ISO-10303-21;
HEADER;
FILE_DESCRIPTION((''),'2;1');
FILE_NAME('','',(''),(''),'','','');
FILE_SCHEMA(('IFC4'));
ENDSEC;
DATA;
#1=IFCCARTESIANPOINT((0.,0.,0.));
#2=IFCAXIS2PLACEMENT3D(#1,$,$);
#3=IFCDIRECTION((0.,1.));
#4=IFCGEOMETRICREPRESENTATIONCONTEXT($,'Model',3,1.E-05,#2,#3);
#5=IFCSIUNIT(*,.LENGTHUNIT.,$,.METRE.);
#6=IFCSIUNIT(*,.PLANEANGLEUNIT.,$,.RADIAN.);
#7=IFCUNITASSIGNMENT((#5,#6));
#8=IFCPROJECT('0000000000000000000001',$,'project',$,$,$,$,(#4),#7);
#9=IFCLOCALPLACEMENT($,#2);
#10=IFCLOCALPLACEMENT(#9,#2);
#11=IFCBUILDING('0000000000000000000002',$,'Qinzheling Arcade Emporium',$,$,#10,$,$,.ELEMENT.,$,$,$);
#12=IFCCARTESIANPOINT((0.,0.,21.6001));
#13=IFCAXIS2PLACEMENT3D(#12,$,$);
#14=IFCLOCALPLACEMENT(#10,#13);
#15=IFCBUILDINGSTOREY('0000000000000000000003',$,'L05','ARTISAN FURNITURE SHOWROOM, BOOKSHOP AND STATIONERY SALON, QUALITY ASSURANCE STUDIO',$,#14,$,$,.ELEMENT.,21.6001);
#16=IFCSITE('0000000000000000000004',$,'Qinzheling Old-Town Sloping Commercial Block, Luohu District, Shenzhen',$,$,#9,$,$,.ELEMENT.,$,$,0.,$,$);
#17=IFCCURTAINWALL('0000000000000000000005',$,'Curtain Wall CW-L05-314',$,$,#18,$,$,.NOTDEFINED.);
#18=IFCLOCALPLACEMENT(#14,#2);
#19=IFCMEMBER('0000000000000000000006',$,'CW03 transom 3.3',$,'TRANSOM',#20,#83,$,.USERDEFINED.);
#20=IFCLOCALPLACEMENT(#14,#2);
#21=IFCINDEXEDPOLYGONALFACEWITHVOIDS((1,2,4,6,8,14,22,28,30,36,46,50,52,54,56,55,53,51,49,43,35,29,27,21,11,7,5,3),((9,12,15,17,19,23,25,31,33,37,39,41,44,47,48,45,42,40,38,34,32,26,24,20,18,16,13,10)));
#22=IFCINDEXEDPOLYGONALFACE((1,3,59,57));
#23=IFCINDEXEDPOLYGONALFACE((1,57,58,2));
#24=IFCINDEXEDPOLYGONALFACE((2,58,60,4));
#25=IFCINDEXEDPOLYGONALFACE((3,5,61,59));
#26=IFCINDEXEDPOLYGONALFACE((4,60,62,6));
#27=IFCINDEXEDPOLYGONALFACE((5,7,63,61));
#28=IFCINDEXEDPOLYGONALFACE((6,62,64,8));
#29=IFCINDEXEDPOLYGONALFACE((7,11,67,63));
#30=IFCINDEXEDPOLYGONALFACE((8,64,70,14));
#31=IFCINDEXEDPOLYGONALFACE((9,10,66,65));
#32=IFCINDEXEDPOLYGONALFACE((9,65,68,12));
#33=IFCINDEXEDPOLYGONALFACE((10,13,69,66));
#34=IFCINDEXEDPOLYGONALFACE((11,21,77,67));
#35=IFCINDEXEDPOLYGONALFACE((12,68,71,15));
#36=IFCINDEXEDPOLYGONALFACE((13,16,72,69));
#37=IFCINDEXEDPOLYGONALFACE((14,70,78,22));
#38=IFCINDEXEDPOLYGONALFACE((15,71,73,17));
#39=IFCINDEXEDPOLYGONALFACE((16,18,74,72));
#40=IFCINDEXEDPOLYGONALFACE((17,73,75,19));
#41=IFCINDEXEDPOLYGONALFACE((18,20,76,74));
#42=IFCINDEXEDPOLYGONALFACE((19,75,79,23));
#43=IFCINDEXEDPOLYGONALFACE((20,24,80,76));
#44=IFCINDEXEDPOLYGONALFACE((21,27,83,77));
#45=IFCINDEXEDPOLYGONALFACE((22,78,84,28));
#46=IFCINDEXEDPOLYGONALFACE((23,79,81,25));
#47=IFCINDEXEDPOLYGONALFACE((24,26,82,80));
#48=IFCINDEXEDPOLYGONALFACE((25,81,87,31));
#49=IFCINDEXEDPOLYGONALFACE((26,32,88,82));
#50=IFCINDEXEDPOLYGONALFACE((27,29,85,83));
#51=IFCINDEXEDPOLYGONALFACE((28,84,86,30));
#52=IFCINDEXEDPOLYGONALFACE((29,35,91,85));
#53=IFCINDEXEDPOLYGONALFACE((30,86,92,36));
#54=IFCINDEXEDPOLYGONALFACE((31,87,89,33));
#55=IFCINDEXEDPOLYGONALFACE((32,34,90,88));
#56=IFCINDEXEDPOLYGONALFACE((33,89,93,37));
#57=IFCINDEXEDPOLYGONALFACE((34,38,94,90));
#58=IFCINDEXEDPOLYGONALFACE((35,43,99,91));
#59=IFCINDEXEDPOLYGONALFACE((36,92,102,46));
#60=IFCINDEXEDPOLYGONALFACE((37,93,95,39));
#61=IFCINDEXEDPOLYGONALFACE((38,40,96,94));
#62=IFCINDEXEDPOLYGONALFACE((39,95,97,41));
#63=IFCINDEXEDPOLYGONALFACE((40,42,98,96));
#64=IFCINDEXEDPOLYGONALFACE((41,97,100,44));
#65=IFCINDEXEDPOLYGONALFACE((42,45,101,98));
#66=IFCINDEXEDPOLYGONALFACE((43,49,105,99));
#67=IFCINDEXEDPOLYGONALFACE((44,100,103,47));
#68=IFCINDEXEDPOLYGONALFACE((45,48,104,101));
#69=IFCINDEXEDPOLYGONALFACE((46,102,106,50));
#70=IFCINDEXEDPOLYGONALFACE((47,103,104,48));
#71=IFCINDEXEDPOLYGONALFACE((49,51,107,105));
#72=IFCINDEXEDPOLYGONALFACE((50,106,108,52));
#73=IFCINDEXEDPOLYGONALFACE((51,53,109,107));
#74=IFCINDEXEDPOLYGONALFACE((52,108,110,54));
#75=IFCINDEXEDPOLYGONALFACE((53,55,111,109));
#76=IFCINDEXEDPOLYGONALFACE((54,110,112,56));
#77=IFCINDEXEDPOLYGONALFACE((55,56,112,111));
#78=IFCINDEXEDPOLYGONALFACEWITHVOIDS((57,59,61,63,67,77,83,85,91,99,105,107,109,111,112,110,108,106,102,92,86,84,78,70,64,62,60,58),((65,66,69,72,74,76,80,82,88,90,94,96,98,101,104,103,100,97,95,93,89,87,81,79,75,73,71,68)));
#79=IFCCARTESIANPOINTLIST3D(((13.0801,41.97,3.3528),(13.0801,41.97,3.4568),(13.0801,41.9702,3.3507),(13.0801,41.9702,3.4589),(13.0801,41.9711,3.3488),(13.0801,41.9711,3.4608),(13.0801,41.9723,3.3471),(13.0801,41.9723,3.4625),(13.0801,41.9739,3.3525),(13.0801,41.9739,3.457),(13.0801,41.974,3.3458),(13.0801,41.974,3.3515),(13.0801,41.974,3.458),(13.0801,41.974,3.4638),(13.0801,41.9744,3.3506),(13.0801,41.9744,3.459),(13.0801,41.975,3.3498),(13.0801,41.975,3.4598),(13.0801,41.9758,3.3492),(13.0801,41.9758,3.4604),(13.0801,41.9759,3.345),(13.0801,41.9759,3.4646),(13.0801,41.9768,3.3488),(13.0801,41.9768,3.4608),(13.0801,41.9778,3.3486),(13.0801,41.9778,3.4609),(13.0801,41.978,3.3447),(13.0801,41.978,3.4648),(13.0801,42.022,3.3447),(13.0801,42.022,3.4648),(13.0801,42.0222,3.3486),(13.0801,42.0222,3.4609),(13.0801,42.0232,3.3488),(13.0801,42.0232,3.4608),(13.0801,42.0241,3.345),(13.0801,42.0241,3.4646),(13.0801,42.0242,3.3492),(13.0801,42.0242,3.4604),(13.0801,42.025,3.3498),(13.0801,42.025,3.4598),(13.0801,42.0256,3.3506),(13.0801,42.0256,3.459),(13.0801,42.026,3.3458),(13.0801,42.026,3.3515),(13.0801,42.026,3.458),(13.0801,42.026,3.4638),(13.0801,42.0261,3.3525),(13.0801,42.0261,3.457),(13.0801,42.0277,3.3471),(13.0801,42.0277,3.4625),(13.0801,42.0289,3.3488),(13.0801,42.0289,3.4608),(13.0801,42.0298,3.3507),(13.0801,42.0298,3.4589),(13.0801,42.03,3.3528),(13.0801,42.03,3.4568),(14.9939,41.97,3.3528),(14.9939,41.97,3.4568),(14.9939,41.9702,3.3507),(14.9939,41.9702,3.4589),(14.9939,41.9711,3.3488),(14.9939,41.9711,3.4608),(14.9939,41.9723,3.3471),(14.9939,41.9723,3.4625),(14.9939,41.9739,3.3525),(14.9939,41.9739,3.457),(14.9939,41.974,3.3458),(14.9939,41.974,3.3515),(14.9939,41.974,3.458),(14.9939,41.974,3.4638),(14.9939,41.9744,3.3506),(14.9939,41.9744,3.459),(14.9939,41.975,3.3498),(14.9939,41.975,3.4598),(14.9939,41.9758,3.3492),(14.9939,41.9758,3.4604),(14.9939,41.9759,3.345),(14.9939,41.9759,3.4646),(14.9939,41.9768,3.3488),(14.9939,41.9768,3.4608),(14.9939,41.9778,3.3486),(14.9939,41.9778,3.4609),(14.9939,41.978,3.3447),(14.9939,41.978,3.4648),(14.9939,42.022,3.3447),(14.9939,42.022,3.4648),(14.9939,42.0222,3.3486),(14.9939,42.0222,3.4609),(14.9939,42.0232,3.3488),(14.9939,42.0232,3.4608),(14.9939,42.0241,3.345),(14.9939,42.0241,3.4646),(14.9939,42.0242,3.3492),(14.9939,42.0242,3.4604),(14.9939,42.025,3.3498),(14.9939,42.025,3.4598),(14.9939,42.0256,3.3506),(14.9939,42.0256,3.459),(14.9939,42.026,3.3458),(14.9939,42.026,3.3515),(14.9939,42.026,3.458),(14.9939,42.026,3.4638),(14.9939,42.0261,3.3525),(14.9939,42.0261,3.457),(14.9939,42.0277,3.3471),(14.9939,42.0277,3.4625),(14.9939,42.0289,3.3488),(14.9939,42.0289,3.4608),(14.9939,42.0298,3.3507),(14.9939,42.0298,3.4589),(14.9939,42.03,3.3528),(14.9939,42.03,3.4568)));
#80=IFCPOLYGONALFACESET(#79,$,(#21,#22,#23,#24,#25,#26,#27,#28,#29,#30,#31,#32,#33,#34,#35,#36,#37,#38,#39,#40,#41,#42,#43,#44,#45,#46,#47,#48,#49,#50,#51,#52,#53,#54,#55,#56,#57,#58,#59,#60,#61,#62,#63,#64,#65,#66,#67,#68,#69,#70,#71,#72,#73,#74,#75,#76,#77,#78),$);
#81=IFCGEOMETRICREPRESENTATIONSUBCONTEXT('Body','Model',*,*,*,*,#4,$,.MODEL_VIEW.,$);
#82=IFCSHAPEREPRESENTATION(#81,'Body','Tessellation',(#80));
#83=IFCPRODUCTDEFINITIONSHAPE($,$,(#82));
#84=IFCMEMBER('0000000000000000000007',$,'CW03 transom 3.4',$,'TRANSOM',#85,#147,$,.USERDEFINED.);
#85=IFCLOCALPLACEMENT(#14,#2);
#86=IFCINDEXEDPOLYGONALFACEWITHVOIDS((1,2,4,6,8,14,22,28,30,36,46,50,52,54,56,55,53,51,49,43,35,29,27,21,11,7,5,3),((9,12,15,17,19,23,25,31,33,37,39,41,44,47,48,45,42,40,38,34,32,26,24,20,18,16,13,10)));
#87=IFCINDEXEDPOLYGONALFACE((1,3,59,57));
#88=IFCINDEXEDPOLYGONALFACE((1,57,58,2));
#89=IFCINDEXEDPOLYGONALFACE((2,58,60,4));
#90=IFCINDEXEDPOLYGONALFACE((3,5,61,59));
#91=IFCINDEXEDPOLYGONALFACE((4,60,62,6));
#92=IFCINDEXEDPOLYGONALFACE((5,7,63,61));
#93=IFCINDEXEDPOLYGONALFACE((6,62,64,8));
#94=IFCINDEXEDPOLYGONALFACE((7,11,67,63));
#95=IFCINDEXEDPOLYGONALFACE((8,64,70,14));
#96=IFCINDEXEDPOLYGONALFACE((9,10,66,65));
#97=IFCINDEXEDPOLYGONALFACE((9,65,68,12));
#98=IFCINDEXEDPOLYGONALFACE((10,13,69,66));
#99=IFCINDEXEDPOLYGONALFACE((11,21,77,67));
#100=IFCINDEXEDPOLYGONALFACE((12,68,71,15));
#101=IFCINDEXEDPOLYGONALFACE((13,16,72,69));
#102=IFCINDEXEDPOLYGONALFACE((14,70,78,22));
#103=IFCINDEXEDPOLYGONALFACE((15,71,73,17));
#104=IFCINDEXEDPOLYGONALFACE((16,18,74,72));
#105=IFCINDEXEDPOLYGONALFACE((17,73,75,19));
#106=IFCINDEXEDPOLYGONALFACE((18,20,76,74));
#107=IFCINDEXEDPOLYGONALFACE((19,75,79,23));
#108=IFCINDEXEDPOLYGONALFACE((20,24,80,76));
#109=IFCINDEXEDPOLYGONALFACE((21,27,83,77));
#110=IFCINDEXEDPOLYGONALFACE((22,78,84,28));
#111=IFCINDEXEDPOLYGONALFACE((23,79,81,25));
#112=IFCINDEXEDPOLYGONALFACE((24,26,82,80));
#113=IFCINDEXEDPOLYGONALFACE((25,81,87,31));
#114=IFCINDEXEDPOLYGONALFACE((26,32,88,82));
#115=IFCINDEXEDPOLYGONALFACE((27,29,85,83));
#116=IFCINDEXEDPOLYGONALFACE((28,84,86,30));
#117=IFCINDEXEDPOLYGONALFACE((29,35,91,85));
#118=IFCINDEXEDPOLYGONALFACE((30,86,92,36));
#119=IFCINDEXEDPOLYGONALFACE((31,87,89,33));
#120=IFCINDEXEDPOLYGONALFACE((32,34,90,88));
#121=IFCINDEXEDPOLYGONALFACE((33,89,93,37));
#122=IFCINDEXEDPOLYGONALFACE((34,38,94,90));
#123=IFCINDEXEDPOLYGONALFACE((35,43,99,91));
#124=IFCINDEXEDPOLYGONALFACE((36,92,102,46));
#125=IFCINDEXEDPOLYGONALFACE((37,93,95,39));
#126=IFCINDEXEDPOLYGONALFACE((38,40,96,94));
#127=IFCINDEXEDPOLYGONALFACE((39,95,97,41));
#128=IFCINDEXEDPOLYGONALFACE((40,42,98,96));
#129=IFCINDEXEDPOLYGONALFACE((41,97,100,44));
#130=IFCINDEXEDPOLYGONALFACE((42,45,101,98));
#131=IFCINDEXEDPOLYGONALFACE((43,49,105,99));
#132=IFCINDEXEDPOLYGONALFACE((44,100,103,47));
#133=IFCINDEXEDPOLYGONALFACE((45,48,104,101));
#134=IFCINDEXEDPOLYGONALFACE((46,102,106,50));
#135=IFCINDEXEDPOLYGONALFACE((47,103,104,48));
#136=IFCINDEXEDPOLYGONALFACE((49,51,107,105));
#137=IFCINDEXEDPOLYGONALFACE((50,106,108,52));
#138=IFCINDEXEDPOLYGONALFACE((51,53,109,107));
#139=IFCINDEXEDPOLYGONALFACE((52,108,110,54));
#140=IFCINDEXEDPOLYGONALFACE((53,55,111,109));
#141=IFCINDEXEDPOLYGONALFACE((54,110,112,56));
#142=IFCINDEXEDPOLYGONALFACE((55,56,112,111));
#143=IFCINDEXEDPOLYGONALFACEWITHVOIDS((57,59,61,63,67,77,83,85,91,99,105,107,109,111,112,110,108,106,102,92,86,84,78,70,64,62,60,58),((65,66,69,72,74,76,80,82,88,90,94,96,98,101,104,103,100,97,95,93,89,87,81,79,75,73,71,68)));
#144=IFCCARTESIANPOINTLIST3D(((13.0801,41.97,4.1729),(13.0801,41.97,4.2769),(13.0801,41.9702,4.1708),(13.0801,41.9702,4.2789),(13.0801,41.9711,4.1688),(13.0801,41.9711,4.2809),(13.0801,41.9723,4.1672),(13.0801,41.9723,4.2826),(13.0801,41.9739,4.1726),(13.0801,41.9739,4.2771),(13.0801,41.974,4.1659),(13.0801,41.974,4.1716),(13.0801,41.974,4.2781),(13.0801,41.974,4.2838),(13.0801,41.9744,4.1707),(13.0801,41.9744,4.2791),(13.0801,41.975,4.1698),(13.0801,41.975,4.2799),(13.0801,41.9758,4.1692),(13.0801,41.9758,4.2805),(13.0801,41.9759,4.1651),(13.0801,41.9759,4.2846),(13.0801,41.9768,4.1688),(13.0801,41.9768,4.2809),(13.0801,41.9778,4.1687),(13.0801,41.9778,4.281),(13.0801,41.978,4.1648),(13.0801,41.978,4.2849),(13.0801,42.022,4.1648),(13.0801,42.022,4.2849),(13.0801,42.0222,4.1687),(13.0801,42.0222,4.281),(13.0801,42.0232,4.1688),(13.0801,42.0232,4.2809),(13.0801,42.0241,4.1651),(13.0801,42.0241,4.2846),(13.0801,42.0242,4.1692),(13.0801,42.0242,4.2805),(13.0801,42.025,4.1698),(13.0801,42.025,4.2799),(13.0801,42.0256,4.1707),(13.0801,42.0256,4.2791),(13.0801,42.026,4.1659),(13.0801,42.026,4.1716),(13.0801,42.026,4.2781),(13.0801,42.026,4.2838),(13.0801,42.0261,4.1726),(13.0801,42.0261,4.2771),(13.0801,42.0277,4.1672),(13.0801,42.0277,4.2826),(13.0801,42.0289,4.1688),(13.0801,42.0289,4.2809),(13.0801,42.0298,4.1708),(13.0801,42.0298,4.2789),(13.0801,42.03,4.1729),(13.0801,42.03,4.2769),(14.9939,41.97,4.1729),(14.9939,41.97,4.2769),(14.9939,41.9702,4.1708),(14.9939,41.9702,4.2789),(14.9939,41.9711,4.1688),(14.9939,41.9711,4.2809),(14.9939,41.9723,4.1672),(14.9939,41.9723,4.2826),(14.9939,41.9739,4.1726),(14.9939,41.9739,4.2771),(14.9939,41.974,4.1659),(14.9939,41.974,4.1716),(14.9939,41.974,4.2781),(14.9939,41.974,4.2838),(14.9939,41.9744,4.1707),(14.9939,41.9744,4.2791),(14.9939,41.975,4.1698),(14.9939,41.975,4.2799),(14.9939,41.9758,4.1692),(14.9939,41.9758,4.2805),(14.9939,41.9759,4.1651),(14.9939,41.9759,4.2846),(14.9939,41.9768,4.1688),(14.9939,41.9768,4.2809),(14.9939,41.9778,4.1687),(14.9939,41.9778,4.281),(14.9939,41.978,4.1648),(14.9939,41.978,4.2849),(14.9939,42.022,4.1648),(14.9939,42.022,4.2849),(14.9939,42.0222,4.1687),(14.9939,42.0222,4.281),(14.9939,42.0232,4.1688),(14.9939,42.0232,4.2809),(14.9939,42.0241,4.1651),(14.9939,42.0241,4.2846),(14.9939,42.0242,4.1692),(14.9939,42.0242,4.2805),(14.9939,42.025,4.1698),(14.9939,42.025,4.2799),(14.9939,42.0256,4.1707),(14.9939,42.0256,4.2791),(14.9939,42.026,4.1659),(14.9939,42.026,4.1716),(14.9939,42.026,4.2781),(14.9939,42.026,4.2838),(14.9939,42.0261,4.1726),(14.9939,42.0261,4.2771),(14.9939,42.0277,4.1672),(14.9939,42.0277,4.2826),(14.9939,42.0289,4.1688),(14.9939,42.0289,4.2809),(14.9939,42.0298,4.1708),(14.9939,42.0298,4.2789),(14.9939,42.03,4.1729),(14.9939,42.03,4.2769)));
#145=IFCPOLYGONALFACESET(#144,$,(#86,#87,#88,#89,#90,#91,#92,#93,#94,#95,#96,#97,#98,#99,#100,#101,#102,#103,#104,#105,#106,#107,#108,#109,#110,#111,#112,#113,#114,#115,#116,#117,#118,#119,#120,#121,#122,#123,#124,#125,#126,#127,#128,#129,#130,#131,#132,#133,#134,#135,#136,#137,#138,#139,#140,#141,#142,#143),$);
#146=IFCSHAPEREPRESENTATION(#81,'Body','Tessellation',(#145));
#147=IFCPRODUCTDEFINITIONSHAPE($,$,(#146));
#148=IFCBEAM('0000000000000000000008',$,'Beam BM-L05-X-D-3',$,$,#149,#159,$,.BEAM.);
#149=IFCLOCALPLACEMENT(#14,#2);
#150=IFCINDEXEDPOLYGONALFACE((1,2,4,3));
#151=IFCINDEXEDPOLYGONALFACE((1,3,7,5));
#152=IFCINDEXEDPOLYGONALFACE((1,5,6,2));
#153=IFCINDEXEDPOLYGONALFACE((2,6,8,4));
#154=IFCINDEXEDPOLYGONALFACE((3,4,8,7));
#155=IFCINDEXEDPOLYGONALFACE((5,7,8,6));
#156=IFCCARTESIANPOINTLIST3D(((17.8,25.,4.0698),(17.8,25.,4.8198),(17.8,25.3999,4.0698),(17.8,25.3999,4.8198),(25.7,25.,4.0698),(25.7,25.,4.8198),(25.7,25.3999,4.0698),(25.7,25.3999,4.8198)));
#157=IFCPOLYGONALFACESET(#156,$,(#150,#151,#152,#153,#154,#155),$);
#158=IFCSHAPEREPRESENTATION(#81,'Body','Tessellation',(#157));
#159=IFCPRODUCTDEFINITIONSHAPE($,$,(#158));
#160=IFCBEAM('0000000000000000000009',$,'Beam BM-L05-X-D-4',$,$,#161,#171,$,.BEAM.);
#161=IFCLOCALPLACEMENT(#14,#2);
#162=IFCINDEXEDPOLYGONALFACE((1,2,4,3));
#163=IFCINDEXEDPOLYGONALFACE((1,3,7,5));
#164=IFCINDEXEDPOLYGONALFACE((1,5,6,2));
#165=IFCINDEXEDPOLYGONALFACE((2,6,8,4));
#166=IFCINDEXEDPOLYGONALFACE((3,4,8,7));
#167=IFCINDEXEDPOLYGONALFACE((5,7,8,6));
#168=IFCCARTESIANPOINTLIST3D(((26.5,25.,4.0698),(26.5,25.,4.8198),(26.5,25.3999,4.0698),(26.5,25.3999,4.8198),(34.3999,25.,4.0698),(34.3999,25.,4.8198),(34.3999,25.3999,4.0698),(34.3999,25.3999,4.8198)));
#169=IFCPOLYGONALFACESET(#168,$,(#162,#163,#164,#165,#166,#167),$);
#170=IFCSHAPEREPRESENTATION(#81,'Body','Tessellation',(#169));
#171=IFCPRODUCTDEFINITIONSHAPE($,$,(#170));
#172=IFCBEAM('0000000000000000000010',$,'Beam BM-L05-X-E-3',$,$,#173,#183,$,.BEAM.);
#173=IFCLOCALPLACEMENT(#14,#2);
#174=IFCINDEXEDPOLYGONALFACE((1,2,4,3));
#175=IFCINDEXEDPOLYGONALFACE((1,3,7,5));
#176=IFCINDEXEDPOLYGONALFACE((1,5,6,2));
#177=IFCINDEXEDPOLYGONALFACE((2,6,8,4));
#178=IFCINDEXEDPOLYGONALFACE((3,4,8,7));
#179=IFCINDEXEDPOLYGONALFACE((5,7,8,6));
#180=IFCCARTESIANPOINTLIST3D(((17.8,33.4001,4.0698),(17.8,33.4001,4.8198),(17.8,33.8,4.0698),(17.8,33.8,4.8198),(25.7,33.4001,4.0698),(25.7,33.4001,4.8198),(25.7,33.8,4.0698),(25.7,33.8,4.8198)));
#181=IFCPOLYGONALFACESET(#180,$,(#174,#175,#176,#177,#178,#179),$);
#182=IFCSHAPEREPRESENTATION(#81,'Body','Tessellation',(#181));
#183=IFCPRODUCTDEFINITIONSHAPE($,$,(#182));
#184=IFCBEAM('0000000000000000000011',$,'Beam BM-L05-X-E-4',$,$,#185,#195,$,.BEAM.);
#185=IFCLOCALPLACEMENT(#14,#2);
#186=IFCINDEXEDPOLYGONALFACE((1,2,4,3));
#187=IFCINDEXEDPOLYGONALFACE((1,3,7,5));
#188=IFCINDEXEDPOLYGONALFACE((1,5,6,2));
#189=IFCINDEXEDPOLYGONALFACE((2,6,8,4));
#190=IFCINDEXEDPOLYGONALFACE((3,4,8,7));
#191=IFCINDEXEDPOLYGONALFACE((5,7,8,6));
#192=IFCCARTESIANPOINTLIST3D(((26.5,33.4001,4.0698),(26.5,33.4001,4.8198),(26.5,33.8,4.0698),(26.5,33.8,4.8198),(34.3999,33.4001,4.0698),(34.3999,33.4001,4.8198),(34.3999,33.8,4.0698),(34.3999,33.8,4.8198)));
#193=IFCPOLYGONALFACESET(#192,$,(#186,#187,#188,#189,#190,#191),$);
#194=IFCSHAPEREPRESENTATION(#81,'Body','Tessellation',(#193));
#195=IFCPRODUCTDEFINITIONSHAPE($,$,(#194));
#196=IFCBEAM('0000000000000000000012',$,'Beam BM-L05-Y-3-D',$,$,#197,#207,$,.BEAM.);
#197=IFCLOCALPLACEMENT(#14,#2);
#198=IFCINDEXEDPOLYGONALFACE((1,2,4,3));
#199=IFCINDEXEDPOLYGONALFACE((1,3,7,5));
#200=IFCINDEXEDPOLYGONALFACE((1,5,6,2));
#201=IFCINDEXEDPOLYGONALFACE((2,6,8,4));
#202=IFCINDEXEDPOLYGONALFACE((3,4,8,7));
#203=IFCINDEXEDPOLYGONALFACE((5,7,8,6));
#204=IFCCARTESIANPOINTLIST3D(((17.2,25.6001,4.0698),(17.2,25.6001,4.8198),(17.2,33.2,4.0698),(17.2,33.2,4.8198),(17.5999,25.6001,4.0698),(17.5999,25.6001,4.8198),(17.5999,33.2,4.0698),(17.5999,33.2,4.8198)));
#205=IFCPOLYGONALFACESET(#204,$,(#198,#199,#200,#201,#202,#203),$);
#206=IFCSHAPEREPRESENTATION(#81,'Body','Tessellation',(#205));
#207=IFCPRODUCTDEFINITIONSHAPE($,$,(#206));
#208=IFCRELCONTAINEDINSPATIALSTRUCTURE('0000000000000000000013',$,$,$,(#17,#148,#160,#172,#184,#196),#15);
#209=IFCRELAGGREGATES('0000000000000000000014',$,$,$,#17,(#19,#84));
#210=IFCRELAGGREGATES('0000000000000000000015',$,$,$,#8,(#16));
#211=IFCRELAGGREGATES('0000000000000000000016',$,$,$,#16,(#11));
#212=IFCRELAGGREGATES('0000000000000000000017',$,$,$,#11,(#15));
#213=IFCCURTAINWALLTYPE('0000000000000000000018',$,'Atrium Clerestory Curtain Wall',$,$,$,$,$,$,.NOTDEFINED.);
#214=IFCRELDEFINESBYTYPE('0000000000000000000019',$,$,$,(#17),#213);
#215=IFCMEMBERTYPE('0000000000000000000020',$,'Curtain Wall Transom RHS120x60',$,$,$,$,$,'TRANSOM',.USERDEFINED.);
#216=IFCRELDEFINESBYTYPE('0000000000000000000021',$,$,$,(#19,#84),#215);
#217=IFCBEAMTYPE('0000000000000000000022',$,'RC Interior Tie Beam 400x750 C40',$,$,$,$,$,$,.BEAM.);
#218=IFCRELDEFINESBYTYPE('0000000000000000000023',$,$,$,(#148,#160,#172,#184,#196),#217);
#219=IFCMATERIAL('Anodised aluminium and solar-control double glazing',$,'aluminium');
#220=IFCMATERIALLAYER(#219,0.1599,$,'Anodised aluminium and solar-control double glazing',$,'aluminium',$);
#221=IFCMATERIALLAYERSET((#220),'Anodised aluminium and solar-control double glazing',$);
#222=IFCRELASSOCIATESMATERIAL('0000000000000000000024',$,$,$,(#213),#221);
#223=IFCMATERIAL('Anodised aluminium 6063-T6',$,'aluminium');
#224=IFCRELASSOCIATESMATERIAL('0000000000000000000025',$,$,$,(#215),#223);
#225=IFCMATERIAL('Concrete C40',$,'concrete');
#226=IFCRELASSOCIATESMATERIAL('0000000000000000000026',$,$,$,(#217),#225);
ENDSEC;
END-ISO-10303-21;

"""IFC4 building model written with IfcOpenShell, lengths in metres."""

from ifc_helpers import new_model, si_unit, direction, frame, origin, origin_2d, place, context, subcontext, project, spatial, rectangle, hollow_rectangle, extrude, material, layer, layer_set, material_profile, profile_set, type_object, element, aggregate, save


model = new_model("IFC4")

# Units and contexts
model_context = context("Model", 3, precision=1e-05, world=origin(), true_north=direction((0.0, 1.0)))
body_context = subcontext(model_context, "Body", "Model", "MODEL_VIEW")
ifc_project = project(units=[si_unit("LENGTHUNIT", "METRE"), si_unit("PLANEANGLEUNIT", "RADIAN")], contexts=[model_context])

# Site, building, storey
site_placement = place(None, origin())
site = spatial("IfcSite", under=ifc_project, at=site_placement, Name="Qinzheling Old-Town Sloping Commercial Block, Luohu District, Shenzhen", CompositionType="ELEMENT", RefElevation=0.0)
building_placement = place(site_placement, origin())
building = spatial("IfcBuilding", under=site, at=building_placement, Name="Qinzheling Arcade Emporium", CompositionType="ELEMENT")
storey_placement = place(building_placement, frame((0.0, 0.0, 21.6001)))
storey = spatial("IfcBuildingStorey", under=building, at=storey_placement, Name="L05", Description="ARTISAN FURNITURE SHOWROOM, BOOKSHOP AND STATIONERY SALON, QUALITY ASSURANCE STUDIO", CompositionType="ELEMENT", Elevation=21.6001)

# Shared definitions
ifc_material_1 = material(Name="Concrete C40", Category="concrete")

# Curtain wall, members
ifc_material_2 = material(Name="Anodised aluminium and solar-control double glazing", Category="aluminium")
ifc_layer_1 = layer(ifc_material_2, 0.1599, Name="Anodised aluminium and solar-control double glazing", Category="aluminium")
ifc_layer_set_1 = layer_set([ifc_layer_1], Name="Anodised aluminium and solar-control double glazing")
curtain_wall_type = type_object("IfcCurtainWallType", Name="Atrium Clerestory Curtain Wall", PredefinedType="NOTDEFINED", material=ifc_layer_set_1)
curtain_wall_placement = place(storey_placement, origin())
curtain_wall = element("IfcCurtainWall", 1, at=curtain_wall_placement, inside=storey, type_object=curtain_wall_type, Name="Curtain Wall CW-L05-314", PredefinedType="NOTDEFINED")
ifc_material_3 = material(Name="Anodised aluminium 6063-T6", Category="aluminium")
ifc_material_profile_1 = material_profile(ifc_material_3, hollow_rectangle(XDim=0.0601, YDim=0.1201, WallThickness=0.0039, InnerFilletRadius=0.0039, OuterFilletRadius=0.0081, at=origin_2d()), Name="RHS 120x60x4", Category="aluminium")
ifc_profile_set_1 = profile_set([ifc_material_profile_1], Name="Anodised aluminium 6063-T6")
member_type_1 = type_object("IfcMemberType", Name="Curtain Wall Transom RHS120x60", ElementType="TRANSOM", PredefinedType="USERDEFINED", material=ifc_profile_set_1)
member_1_placement = place(storey_placement, frame((13.0801, 42.0, 3.4048), z_axis=(1.0, 0.0, 0.0), x_axis=(0.0, 1.0, 0.0)))
member_1 = element("IfcMember", 2, at=member_1_placement, type_object=member_type_1, Name="CW03 transom 3.3", ObjectType="TRANSOM", PredefinedType="USERDEFINED", context=body_context, shape_type="SweptSolid", body=[
    extrude(hollow_rectangle(XDim=0.0601, YDim=0.1201, WallThickness=0.0039, InnerFilletRadius=0.0039, OuterFilletRadius=0.0081, at=origin_2d()), origin(), (0.0, 0.0, 1.0), 1.9138),
])
member_2_placement = place(storey_placement, frame((13.0801, 42.0, 4.2249), z_axis=(1.0, 0.0, 0.0), x_axis=(0.0, 1.0, 0.0)))
member_2 = element("IfcMember", 3, at=member_2_placement, type_object=member_type_1, Name="CW03 transom 3.4", ObjectType="TRANSOM", PredefinedType="USERDEFINED", context=body_context, shape_type="SweptSolid", body=[
    extrude(hollow_rectangle(XDim=0.0601, YDim=0.1201, WallThickness=0.0039, InnerFilletRadius=0.0039, OuterFilletRadius=0.0081, at=origin_2d()), origin(), (0.0, 0.0, 1.0), 1.9138),
])

# Beams
ifc_material_profile_2 = material_profile(ifc_material_1, rectangle(XDim=0.3999, YDim=0.75, at=origin_2d()), Name="RC 400x750", Category="concrete")
ifc_profile_set_2 = profile_set([ifc_material_profile_2], Name="Concrete C40")
beam_type = type_object("IfcBeamType", Name="RC Interior Tie Beam 400x750 C40", PredefinedType="BEAM", material=ifc_profile_set_2)
for number, where, z_axis, x_axis, name in (
    (4, (17.8, 25.2, 4.4448), (1.0, 0.0, 0.0), (0.0, 1.0, 0.0), "Beam BM-L05-X-D-3"),
    (5, (26.5, 25.2, 4.4448), (1.0, 0.0, 0.0), (0.0, 1.0, 0.0), "Beam BM-L05-X-D-4"),
    (6, (17.8, 33.6001, 4.4448), (1.0, 0.0, 0.0), (0.0, 1.0, 0.0), "Beam BM-L05-X-E-3"),
    (7, (26.5, 33.6001, 4.4448), (1.0, 0.0, 0.0), (0.0, 1.0, 0.0), "Beam BM-L05-X-E-4"),
):
    element("IfcBeam", number, at=place(storey_placement, frame(where, z_axis=z_axis, x_axis=x_axis)), inside=storey, type_object=beam_type, Name=name, PredefinedType="BEAM", context=body_context, shape_type="SweptSolid", body=[
        extrude(rectangle(XDim=0.3999, YDim=0.75, at=origin_2d()), origin(), (0.0, 0.0, 1.0), 7.8999),
    ])
beam_1_placement = place(storey_placement, frame((17.3999, 25.6001, 4.4448), z_axis=(0.0, 1.0, 0.0), x_axis=(-1.0, 0.0, 0.0)))
element("IfcBeam", 8, at=beam_1_placement, inside=storey, type_object=beam_type, Name="Beam BM-L05-Y-3-D", PredefinedType="BEAM", context=body_context, shape_type="SweptSolid", body=[
    extrude(rectangle(XDim=0.3999, YDim=0.75, at=origin_2d()), origin(), (0.0, 0.0, 1.0), 7.5999),
])

aggregate(curtain_wall, [member_1, member_2])

save(model, "model.ifc")
